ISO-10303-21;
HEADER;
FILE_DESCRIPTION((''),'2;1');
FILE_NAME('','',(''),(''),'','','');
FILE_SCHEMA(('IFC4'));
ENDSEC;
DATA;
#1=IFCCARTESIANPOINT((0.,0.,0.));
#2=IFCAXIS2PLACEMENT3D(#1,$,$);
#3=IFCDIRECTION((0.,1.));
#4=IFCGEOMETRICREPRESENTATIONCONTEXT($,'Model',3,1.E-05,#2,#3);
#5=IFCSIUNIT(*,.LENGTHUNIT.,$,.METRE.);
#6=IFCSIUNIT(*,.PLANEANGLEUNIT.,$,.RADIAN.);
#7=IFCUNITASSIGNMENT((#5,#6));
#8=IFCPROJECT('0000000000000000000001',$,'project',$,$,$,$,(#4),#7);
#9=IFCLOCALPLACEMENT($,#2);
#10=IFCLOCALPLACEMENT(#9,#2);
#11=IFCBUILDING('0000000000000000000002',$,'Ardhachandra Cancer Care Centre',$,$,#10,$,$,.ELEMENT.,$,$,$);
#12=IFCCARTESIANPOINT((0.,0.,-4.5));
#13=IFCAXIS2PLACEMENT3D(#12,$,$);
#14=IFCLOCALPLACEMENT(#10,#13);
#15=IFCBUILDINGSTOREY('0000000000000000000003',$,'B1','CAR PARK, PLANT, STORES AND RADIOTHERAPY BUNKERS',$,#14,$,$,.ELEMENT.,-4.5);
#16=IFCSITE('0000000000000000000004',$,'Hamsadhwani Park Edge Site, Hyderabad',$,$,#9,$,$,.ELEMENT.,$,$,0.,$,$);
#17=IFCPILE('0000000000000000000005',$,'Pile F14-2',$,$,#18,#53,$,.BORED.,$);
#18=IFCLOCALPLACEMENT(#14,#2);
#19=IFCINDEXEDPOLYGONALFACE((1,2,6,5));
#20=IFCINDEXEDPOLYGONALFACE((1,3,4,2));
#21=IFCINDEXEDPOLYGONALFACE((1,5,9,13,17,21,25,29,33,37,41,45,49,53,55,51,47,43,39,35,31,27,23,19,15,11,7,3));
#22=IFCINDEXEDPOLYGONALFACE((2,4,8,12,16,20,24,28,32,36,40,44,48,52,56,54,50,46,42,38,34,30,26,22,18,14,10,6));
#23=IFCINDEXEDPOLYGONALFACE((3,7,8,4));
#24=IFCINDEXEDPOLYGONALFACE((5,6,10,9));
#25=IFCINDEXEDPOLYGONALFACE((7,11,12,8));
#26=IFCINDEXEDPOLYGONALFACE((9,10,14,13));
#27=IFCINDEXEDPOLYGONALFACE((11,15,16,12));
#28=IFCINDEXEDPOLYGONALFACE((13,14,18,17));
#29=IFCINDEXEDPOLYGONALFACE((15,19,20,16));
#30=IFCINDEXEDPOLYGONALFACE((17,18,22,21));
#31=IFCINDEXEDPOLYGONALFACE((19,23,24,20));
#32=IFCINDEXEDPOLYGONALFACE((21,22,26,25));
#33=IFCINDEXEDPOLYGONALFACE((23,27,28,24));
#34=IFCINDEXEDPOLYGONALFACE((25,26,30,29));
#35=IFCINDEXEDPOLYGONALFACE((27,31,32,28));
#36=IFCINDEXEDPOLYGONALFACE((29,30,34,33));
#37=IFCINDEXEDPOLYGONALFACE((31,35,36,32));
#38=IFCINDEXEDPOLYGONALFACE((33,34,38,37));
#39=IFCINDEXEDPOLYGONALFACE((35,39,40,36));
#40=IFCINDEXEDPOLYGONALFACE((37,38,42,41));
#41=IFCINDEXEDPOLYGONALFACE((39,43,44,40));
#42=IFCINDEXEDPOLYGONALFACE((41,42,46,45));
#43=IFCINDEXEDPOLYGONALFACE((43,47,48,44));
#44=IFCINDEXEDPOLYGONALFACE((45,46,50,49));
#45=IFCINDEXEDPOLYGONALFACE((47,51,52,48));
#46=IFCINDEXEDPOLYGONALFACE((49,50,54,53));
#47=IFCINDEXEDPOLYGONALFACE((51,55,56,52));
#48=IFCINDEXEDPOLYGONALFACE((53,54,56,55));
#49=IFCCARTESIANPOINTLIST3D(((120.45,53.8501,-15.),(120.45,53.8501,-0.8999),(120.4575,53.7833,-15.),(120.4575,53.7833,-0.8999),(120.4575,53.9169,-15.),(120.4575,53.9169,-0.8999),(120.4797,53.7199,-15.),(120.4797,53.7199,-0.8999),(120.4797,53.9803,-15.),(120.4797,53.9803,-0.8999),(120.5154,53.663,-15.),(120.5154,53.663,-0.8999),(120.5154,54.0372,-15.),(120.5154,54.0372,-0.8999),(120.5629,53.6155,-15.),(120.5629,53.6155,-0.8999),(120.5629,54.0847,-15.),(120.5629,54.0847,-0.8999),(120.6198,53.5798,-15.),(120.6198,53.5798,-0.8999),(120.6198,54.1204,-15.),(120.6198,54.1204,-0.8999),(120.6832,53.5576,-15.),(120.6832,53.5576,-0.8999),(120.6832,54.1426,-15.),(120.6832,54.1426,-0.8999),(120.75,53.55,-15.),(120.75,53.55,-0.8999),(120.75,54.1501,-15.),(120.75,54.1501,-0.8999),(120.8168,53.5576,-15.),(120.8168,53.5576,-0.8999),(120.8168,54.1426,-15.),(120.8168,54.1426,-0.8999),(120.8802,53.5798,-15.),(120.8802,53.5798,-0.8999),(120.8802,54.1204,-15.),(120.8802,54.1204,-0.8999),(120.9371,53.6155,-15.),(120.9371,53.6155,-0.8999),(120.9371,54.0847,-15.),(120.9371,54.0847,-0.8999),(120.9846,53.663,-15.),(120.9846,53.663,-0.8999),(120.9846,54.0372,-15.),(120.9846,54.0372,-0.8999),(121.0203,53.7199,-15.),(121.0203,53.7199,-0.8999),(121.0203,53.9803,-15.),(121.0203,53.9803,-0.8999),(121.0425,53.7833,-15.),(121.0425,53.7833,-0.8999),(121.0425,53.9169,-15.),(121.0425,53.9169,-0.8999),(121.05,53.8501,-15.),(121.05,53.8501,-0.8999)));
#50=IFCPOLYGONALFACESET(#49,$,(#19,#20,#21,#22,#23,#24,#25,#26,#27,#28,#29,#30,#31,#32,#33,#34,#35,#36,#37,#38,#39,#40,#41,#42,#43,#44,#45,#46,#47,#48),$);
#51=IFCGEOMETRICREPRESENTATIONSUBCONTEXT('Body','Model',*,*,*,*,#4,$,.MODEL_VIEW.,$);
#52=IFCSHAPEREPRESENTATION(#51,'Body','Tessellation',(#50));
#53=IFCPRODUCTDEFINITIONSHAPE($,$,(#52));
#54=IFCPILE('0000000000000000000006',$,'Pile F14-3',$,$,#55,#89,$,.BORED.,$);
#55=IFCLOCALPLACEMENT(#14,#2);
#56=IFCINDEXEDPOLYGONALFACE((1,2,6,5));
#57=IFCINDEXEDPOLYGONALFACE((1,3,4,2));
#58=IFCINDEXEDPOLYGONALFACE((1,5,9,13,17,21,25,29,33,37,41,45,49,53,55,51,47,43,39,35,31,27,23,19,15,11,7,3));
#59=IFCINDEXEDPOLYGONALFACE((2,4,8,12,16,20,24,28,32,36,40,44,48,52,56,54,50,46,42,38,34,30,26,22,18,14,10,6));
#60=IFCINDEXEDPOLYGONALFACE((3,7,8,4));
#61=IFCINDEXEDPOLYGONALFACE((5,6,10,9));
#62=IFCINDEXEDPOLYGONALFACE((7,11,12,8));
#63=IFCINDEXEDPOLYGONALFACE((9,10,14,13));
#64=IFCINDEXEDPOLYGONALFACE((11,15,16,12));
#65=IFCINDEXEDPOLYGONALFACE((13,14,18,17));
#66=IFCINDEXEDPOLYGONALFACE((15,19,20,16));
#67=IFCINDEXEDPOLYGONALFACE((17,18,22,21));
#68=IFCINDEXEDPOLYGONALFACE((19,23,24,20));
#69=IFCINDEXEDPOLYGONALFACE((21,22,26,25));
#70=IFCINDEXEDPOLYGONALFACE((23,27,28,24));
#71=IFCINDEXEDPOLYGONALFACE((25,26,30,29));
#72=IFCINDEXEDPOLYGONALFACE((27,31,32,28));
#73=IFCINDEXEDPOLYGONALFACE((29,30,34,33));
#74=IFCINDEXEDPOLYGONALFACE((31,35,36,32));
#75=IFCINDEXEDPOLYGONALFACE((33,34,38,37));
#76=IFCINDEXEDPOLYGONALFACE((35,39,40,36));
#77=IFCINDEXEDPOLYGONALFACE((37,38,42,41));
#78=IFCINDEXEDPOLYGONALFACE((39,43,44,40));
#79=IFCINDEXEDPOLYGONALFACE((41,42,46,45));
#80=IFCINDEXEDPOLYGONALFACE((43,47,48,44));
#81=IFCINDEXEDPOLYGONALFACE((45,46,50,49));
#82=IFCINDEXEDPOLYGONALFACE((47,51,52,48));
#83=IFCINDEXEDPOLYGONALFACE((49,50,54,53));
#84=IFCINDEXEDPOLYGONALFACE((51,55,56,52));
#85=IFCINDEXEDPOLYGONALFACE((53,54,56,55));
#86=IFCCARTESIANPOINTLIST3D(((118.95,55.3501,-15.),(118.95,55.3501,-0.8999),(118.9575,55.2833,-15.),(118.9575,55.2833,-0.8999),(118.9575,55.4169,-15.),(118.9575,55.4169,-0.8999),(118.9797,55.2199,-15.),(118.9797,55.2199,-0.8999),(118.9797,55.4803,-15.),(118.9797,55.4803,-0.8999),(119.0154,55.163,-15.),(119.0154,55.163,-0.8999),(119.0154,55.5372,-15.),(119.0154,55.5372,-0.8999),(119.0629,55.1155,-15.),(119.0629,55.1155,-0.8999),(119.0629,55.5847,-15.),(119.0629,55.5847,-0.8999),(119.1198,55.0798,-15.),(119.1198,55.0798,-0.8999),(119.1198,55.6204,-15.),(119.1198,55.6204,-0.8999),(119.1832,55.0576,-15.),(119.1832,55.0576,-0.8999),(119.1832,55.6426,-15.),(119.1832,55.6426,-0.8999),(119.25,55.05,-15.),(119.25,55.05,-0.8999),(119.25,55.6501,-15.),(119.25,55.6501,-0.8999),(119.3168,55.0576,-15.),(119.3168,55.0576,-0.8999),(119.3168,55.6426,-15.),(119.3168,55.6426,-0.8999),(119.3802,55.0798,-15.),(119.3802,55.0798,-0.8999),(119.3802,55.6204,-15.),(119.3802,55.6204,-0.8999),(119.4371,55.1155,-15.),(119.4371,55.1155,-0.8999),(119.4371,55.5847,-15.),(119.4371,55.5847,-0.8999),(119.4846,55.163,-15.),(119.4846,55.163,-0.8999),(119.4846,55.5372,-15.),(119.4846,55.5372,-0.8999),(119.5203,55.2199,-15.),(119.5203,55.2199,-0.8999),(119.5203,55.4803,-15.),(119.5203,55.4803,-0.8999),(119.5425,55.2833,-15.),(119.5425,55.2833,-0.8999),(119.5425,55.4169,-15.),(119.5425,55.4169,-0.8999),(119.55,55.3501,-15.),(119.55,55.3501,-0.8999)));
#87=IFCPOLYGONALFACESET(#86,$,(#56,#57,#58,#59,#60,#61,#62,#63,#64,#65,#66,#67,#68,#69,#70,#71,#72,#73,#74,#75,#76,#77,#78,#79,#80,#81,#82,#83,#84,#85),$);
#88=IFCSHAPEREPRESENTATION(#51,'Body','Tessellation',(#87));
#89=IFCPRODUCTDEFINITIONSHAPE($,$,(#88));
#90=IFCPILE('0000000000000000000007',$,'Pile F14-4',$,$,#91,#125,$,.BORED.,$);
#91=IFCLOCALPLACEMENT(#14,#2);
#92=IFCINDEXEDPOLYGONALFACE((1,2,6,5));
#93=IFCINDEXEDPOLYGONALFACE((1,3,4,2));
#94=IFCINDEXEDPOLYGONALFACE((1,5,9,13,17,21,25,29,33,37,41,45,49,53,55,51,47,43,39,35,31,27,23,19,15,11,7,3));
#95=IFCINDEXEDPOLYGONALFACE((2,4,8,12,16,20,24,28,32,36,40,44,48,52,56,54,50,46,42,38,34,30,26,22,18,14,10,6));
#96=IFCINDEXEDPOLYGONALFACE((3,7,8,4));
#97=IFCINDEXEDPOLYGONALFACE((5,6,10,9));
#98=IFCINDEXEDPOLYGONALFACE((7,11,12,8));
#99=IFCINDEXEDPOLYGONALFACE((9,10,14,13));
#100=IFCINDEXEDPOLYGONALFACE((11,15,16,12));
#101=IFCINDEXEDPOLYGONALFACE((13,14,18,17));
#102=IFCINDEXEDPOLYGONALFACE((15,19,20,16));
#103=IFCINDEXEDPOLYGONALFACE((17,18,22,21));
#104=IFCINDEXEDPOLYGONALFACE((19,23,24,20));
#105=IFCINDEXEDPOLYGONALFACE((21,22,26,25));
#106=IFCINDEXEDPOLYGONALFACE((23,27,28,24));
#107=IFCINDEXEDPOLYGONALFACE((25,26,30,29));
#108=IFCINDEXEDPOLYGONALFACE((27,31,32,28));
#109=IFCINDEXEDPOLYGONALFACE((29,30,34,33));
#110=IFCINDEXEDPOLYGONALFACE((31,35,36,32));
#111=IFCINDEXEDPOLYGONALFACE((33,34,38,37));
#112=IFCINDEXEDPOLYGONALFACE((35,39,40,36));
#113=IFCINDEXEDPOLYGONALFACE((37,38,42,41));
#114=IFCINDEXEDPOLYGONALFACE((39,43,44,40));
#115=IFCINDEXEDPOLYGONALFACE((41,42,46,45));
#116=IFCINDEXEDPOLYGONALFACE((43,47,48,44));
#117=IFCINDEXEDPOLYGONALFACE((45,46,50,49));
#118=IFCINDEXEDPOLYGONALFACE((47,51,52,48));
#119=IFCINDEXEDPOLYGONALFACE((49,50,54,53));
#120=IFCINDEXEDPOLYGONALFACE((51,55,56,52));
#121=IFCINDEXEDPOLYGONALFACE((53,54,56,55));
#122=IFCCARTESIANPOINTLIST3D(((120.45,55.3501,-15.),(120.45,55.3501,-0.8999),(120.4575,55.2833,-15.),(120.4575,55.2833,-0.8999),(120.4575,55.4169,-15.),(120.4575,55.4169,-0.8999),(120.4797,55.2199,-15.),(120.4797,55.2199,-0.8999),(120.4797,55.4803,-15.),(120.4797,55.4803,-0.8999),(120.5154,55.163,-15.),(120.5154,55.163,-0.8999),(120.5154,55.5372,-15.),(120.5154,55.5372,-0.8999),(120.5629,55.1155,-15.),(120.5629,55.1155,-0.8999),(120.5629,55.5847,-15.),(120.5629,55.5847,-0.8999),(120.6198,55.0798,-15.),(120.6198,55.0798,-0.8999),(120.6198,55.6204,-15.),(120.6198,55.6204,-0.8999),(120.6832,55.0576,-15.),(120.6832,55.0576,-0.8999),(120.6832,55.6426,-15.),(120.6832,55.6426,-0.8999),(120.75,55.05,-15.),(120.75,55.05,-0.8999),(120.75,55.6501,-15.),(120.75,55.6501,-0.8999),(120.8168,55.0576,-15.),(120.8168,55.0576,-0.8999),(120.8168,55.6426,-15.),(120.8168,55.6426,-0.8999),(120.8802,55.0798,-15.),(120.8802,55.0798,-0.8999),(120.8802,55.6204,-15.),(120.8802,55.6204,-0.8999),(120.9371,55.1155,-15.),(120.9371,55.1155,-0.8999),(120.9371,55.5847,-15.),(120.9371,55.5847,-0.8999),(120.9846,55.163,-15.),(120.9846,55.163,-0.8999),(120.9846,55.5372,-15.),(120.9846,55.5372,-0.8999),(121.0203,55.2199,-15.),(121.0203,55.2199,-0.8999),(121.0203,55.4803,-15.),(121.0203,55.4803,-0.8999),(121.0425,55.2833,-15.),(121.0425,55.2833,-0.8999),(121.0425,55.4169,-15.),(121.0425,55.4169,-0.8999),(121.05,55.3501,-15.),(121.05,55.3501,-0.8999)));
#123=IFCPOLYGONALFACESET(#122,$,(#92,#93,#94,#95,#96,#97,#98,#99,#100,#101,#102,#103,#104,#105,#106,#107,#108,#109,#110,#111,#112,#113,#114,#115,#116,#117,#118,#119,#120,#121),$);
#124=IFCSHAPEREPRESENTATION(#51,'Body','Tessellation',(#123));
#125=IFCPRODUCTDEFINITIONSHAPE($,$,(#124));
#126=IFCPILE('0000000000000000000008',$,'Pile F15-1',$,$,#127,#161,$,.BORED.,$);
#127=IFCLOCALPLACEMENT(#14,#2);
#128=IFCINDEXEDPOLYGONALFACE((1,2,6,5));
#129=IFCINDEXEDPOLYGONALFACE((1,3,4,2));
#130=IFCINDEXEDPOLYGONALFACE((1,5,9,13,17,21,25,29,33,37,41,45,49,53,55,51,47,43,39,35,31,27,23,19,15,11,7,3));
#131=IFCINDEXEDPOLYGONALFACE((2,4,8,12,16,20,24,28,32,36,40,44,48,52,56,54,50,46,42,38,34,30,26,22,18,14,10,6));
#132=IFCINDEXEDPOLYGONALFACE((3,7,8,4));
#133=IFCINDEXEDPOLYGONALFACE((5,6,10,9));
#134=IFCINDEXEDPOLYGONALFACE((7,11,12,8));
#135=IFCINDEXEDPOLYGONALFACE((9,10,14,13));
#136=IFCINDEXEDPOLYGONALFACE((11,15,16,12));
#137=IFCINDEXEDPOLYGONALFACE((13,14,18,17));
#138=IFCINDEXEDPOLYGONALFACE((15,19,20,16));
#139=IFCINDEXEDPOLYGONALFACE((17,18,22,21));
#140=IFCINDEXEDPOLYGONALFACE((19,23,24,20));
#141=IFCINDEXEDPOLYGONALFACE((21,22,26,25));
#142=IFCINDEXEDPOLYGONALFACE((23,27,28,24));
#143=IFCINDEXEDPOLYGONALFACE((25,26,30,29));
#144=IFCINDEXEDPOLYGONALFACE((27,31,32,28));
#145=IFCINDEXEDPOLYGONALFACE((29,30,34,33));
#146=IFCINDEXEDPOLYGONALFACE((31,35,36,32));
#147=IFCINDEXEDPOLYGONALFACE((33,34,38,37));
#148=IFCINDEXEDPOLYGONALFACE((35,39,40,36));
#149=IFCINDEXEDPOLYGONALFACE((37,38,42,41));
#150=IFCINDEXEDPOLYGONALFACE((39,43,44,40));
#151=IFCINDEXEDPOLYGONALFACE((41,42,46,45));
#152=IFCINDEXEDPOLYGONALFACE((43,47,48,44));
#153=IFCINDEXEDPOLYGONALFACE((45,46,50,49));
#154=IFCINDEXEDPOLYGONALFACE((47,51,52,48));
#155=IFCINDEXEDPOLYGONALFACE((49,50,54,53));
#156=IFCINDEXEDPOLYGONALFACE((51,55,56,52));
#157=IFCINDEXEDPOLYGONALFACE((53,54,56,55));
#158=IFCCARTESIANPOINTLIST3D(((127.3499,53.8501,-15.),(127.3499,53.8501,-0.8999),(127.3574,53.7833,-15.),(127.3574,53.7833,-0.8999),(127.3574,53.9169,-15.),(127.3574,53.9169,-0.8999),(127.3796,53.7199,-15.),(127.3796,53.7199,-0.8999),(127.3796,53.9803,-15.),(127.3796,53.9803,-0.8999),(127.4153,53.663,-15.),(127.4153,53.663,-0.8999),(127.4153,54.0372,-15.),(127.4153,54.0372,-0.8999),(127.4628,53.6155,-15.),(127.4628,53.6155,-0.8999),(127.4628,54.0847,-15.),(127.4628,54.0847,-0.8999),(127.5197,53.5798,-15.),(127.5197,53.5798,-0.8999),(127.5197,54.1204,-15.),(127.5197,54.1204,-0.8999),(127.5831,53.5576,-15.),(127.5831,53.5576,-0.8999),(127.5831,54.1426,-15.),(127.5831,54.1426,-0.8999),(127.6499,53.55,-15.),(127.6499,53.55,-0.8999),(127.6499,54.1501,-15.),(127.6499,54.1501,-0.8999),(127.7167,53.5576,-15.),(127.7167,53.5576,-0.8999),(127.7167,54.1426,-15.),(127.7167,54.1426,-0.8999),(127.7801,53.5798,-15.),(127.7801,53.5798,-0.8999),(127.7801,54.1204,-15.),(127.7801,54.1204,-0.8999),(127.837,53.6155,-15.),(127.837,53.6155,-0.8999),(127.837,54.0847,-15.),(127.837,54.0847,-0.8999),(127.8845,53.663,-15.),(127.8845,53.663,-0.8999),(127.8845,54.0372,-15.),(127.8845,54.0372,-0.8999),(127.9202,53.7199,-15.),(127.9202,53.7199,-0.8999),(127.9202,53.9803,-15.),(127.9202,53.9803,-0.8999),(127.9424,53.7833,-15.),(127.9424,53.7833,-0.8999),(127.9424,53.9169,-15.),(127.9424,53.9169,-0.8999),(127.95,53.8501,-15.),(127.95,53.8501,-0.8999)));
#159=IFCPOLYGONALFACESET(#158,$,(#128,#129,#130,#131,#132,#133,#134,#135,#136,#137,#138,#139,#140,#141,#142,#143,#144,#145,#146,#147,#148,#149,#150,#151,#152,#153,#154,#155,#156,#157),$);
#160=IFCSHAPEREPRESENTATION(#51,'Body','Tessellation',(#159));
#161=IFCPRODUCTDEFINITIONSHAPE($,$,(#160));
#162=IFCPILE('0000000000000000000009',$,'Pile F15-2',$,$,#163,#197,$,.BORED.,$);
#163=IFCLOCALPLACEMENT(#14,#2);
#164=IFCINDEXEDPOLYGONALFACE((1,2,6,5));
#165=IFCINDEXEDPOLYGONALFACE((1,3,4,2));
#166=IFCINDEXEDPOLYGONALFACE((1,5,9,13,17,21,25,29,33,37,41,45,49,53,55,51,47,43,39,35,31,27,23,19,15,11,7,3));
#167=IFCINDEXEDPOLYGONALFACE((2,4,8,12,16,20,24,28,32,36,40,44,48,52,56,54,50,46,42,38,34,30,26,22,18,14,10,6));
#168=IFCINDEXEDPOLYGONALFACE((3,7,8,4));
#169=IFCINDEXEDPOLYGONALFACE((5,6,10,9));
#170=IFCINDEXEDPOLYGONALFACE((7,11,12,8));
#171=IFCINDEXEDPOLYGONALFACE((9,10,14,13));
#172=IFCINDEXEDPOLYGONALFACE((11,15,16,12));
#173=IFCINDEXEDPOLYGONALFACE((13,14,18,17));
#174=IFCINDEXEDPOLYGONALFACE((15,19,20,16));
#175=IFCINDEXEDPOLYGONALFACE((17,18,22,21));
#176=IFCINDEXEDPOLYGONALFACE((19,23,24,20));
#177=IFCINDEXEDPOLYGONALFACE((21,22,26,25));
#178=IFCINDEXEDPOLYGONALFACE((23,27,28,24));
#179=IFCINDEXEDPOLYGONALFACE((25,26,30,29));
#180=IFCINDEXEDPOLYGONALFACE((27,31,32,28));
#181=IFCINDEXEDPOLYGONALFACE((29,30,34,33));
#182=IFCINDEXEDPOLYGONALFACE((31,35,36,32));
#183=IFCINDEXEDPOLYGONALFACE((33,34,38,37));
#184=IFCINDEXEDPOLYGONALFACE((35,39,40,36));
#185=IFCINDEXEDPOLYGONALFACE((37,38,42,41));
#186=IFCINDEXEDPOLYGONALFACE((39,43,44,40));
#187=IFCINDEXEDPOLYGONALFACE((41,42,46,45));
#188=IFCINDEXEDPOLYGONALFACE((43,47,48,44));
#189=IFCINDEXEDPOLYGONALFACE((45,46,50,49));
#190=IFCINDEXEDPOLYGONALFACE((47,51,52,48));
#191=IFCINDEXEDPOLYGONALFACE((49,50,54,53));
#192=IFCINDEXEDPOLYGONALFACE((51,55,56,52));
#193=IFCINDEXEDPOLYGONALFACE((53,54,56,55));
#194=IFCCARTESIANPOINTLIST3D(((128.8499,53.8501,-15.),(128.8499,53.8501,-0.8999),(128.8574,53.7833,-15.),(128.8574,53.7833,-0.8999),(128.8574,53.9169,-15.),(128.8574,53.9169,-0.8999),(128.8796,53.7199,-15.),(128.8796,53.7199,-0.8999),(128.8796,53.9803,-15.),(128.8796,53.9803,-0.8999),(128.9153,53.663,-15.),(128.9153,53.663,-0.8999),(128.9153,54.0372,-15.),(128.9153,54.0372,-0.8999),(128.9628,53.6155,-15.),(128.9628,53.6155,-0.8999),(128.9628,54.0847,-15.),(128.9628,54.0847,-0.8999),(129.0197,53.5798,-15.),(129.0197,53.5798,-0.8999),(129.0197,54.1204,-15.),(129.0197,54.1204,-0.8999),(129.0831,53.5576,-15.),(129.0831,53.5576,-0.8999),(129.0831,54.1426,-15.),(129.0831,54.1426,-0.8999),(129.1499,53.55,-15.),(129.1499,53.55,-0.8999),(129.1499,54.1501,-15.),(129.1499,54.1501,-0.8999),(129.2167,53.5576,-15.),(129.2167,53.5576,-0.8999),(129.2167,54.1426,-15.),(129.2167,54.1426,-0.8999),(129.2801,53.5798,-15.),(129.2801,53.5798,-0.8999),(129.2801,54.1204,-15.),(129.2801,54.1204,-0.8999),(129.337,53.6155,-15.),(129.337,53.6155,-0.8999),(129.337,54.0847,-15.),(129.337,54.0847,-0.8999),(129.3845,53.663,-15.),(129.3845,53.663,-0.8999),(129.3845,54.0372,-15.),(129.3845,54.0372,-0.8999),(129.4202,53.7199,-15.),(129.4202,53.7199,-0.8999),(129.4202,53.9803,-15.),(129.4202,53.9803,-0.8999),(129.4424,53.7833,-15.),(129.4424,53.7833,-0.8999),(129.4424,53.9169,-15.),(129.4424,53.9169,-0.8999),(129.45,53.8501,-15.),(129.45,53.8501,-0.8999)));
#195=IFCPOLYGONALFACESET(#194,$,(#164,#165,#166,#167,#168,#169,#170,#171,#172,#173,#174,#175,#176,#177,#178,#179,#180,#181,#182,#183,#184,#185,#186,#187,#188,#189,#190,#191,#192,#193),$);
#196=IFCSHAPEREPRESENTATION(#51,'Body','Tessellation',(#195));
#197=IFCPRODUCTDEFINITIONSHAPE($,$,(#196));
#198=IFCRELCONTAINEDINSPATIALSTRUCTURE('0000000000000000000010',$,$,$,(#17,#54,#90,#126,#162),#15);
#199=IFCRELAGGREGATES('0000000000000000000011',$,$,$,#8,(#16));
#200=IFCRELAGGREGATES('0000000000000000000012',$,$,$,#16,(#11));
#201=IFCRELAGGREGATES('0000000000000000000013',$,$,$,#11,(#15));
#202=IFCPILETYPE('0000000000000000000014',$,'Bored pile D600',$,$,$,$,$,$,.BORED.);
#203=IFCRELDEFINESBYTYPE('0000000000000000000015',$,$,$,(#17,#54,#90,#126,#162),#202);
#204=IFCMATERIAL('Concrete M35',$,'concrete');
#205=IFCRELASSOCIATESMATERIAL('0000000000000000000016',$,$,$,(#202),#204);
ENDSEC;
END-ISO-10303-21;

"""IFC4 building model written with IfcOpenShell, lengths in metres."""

from ifc_helpers import new_model, si_unit, direction, frame, origin, origin_2d, place, context, subcontext, project, spatial, circle, extrude, material, material_profile, profile_set, type_object, element, save


model = new_model("IFC4")

# Units and contexts
model_context = context("Model", 3, precision=1e-05, world=origin(), true_north=direction((0.0, 1.0)))
body_context = subcontext(model_context, "Body", "Model", "MODEL_VIEW")
ifc_project = project(units=[si_unit("LENGTHUNIT", "METRE"), si_unit("PLANEANGLEUNIT", "RADIAN")], contexts=[model_context])

# Site, building, storey
site_placement = place(None, origin())
site = spatial("IfcSite", under=ifc_project, at=site_placement, Name="Hamsadhwani Park Edge Site, Hyderabad", CompositionType="ELEMENT", RefElevation=0.0)
building_placement = place(site_placement, origin())
building = spatial("IfcBuilding", under=site, at=building_placement, Name="Ardhachandra Cancer Care Centre", CompositionType="ELEMENT")
storey_placement = place(building_placement, frame((0.0, 0.0, -4.5)))
storey = spatial("IfcBuildingStorey", under=building, at=storey_placement, Name="B1", Description="CAR PARK, PLANT, STORES AND RADIOTHERAPY BUNKERS", CompositionType="ELEMENT", Elevation=-4.5)

# Piles
ifc_material_1 = material(Name="Concrete M35", Category="concrete")
ifc_material_profile_1 = material_profile(ifc_material_1, circle(Radius=0.3, at=origin_2d()), Name="D600")
ifc_profile_set_1 = profile_set([ifc_material_profile_1], Name="Concrete M35")
pile_type = type_object("IfcPileType", Name="Bored pile D600", PredefinedType="BORED", material=ifc_profile_set_1)
for number, where, z_axis, x_axis, name in (
    (1, (120.75, 53.8501, -0.8999), (0.0, 0.0, -1.0), (1.0, 0.0, 0.0), "Pile F14-2"),
    (2, (119.25, 55.3501, -0.8999), (0.0, 0.0, -1.0), (1.0, 0.0, 0.0), "Pile F14-3"),
    (3, (120.75, 55.3501, -0.8999), (0.0, 0.0, -1.0), (1.0, 0.0, 0.0), "Pile F14-4"),
    (4, (127.6499, 53.8501, -0.8999), (0.0, 0.0, -1.0), (1.0, 0.0, 0.0), "Pile F15-1"),
    (5, (129.1499, 53.8501, -0.8999), (0.0, 0.0, -1.0), (1.0, 0.0, 0.0), "Pile F15-2"),
):
    element("IfcPile", number, at=place(storey_placement, frame(where, z_axis=z_axis, x_axis=x_axis)), inside=storey, type_object=pile_type, Name=name, PredefinedType="BORED", context=body_context, shape_type="SweptSolid", body=[
        extrude(circle(Radius=0.3, at=origin_2d()), origin(), (0.0, 0.0, 1.0), 14.1001),
    ])

save(model, "model.ifc")
